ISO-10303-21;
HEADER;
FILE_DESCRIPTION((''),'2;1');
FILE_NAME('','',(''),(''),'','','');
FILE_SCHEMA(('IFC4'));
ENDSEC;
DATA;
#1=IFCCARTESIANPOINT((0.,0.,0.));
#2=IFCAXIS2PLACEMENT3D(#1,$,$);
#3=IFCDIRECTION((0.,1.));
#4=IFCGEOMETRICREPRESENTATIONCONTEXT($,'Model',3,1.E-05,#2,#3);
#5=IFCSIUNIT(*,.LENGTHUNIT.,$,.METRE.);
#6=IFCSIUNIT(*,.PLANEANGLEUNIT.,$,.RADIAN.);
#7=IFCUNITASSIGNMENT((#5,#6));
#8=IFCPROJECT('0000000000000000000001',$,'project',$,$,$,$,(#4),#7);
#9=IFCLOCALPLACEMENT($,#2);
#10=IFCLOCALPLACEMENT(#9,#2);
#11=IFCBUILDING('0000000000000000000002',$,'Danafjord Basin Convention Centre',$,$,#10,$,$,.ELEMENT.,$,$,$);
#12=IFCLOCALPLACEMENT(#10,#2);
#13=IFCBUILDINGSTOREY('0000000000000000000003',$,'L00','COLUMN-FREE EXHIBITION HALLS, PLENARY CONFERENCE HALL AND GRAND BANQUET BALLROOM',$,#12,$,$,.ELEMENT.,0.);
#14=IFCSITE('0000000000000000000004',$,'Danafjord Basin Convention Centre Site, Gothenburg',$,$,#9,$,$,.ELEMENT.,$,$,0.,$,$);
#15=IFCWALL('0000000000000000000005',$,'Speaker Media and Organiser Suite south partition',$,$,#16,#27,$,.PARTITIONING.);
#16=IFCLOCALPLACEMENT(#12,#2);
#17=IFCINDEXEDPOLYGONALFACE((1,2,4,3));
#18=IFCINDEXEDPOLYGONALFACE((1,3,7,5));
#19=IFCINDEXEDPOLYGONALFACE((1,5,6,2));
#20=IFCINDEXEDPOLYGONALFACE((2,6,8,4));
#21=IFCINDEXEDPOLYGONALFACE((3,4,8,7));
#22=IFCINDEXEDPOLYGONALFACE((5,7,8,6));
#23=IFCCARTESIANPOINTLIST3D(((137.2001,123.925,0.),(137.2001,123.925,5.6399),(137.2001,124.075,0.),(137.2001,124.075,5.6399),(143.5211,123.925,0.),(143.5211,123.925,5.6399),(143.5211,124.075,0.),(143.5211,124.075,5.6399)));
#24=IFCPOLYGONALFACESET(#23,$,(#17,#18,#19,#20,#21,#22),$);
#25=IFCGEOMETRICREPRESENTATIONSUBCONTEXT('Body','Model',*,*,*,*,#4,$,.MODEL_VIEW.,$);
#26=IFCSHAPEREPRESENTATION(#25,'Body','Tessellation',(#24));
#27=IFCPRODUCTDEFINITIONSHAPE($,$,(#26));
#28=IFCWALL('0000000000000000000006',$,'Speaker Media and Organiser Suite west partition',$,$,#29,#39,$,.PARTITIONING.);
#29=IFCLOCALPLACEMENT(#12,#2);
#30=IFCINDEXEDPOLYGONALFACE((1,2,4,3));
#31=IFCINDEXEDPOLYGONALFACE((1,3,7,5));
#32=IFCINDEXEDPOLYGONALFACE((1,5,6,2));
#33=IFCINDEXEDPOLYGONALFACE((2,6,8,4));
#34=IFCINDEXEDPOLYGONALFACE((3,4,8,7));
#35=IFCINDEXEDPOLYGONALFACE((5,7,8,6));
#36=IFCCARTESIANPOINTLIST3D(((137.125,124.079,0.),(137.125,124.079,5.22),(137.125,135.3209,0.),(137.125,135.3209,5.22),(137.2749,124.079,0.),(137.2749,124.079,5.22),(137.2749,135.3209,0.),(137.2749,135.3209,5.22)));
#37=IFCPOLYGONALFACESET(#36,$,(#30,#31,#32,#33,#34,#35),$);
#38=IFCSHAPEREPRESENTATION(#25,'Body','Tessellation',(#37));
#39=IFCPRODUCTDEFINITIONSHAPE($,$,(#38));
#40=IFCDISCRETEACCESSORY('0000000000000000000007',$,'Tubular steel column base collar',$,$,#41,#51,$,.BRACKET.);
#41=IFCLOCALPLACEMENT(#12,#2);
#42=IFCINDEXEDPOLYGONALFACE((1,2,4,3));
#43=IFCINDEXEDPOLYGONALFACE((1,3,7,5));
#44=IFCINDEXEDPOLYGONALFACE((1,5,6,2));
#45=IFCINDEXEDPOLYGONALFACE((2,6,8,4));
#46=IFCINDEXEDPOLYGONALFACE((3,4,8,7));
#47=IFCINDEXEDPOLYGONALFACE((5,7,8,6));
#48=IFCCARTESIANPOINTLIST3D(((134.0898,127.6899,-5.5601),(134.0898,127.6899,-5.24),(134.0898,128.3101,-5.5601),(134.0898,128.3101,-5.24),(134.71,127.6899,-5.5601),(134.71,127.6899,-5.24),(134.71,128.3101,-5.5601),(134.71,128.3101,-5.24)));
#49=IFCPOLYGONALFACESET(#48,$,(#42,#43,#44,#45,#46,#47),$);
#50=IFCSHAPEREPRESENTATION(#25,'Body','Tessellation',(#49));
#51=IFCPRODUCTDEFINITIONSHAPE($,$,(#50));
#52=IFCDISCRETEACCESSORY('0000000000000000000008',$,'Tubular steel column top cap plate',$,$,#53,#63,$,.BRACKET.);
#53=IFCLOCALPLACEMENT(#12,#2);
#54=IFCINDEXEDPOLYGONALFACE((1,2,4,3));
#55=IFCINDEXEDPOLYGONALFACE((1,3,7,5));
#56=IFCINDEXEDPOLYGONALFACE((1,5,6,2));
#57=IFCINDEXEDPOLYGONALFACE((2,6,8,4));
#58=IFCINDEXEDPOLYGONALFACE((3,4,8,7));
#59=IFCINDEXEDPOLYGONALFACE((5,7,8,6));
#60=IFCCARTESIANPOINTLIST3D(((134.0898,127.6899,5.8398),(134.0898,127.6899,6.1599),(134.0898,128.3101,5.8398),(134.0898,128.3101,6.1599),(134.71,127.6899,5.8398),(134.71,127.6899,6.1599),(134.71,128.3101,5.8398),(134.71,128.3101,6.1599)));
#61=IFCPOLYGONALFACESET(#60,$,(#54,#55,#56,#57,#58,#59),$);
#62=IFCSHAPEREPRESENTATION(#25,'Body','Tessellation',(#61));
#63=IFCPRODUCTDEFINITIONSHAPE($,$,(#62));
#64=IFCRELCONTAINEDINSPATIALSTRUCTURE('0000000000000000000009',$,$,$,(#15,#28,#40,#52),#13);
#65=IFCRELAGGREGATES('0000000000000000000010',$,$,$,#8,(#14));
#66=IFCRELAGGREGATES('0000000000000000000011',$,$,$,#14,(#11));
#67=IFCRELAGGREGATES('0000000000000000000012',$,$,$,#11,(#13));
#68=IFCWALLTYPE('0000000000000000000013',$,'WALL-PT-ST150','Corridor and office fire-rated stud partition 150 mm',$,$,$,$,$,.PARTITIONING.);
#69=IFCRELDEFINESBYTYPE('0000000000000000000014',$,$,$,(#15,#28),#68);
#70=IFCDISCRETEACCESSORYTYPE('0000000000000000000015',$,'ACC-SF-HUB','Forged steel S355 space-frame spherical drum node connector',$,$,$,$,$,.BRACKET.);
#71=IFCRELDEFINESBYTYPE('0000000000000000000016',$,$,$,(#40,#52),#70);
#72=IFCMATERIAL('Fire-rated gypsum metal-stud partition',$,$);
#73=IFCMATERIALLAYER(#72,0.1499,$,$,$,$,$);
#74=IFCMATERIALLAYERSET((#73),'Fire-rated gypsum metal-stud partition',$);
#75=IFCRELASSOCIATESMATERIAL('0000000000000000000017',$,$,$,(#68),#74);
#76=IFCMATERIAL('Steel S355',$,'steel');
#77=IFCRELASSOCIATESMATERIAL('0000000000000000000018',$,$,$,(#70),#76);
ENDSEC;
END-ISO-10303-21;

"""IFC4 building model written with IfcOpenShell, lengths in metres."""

from ifc_helpers import new_model, si_unit, direction, frame, frame_2d, origin, origin_2d, place, context, subcontext, project, spatial, rectangle, extrude, material, layer, layer_set, type_object, element, save


model = new_model("IFC4")

# Units and contexts
model_context = context("Model", 3, precision=1e-05, world=origin(), true_north=direction((0.0, 1.0)))
body_context = subcontext(model_context, "Body", "Model", "MODEL_VIEW")
ifc_project = project(units=[si_unit("LENGTHUNIT", "METRE"), si_unit("PLANEANGLEUNIT", "RADIAN")], contexts=[model_context])

# Site, building, storey
site_placement = place(None, origin())
site = spatial("IfcSite", under=ifc_project, at=site_placement, Name="Danafjord Basin Convention Centre Site, Gothenburg", CompositionType="ELEMENT", RefElevation=0.0)
building_placement = place(site_placement, origin())
building = spatial("IfcBuilding", under=site, at=building_placement, Name="Danafjord Basin Convention Centre", CompositionType="ELEMENT")
storey_placement = place(building_placement, origin())
storey = spatial("IfcBuildingStorey", under=building, at=storey_placement, Name="L00", Description="COLUMN-FREE EXHIBITION HALLS, PLENARY CONFERENCE HALL AND GRAND BANQUET BALLROOM", CompositionType="ELEMENT", Elevation=0.0)

# Shared definitions
ifc_material_1 = material(Name="Steel S355", Category="steel")

# Walls
ifc_material_2 = material(Name="Fire-rated gypsum metal-stud partition")
ifc_layer_1 = layer(ifc_material_2, 0.1499)
ifc_layer_set_1 = layer_set([ifc_layer_1], Name="Fire-rated gypsum metal-stud partition")
wall_type_1 = type_object("IfcWallType", Name="WALL-PT-ST150", Description="Corridor and office fire-rated stud partition 150 mm", PredefinedType="PARTITIONING", material=ifc_layer_set_1)
wall_1_placement = place(storey_placement, frame((137.2, 124.0, 0.0), z_axis=(0.0, 0.0, 1.0), x_axis=(1.0, 0.0, 0.0)))
element("IfcWall", 1, at=wall_1_placement, inside=storey, type_object=wall_type_1, Name="Speaker Media and Organiser Suite south partition", PredefinedType="PARTITIONING", context=body_context, shape_type="SweptSolid", body=[
    extrude(rectangle(XDim=6.321, YDim=0.1499, at=frame_2d((3.1606, 0.0))), origin(), (0.0, 0.0, 1.0), 5.6399),
])
wall_2_placement = place(storey_placement, frame((137.2, 135.321, 0.0), z_axis=(0.0, 0.0, 1.0), x_axis=(0.0, -1.0, 0.0)))
element("IfcWall", 2, at=wall_2_placement, inside=storey, type_object=wall_type_1, Name="Speaker Media and Organiser Suite west partition", PredefinedType="PARTITIONING", context=body_context, shape_type="SweptSolid", body=[
    extrude(rectangle(XDim=11.2419, YDim=0.1499, at=frame_2d((5.6211, 0.0))), origin(), (0.0, 0.0, 1.0), 5.22),
])

# Discrete accessories
discrete_accessory_type = type_object("IfcDiscreteAccessoryType", Name="ACC-SF-HUB", Description="Forged steel S355 space-frame spherical drum node connector", PredefinedType="BRACKET", material=ifc_material_1)
for number, where, z_axis, x_axis, name in (
    (3, (134.3999, 128.0, -5.5601), (0.0, 0.0, 1.0), (1.0, 0.0, 0.0), "Tubular steel column base collar"),
    (4, (134.3999, 128.0, 5.8398), (0.0, 0.0, 1.0), (1.0, 0.0, 0.0), "Tubular steel column top cap plate"),
):
    element("IfcDiscreteAccessory", number, at=place(storey_placement, frame(where, z_axis=z_axis, x_axis=x_axis)), inside=storey, type_object=discrete_accessory_type, Name=name, PredefinedType="BRACKET", context=body_context, shape_type="SweptSolid", body=[
        extrude(rectangle(XDim=0.6201, YDim=0.6201, at=origin_2d()), origin(), (0.0, 0.0, 1.0), 0.3201),
    ])

save(model, "model.ifc")
